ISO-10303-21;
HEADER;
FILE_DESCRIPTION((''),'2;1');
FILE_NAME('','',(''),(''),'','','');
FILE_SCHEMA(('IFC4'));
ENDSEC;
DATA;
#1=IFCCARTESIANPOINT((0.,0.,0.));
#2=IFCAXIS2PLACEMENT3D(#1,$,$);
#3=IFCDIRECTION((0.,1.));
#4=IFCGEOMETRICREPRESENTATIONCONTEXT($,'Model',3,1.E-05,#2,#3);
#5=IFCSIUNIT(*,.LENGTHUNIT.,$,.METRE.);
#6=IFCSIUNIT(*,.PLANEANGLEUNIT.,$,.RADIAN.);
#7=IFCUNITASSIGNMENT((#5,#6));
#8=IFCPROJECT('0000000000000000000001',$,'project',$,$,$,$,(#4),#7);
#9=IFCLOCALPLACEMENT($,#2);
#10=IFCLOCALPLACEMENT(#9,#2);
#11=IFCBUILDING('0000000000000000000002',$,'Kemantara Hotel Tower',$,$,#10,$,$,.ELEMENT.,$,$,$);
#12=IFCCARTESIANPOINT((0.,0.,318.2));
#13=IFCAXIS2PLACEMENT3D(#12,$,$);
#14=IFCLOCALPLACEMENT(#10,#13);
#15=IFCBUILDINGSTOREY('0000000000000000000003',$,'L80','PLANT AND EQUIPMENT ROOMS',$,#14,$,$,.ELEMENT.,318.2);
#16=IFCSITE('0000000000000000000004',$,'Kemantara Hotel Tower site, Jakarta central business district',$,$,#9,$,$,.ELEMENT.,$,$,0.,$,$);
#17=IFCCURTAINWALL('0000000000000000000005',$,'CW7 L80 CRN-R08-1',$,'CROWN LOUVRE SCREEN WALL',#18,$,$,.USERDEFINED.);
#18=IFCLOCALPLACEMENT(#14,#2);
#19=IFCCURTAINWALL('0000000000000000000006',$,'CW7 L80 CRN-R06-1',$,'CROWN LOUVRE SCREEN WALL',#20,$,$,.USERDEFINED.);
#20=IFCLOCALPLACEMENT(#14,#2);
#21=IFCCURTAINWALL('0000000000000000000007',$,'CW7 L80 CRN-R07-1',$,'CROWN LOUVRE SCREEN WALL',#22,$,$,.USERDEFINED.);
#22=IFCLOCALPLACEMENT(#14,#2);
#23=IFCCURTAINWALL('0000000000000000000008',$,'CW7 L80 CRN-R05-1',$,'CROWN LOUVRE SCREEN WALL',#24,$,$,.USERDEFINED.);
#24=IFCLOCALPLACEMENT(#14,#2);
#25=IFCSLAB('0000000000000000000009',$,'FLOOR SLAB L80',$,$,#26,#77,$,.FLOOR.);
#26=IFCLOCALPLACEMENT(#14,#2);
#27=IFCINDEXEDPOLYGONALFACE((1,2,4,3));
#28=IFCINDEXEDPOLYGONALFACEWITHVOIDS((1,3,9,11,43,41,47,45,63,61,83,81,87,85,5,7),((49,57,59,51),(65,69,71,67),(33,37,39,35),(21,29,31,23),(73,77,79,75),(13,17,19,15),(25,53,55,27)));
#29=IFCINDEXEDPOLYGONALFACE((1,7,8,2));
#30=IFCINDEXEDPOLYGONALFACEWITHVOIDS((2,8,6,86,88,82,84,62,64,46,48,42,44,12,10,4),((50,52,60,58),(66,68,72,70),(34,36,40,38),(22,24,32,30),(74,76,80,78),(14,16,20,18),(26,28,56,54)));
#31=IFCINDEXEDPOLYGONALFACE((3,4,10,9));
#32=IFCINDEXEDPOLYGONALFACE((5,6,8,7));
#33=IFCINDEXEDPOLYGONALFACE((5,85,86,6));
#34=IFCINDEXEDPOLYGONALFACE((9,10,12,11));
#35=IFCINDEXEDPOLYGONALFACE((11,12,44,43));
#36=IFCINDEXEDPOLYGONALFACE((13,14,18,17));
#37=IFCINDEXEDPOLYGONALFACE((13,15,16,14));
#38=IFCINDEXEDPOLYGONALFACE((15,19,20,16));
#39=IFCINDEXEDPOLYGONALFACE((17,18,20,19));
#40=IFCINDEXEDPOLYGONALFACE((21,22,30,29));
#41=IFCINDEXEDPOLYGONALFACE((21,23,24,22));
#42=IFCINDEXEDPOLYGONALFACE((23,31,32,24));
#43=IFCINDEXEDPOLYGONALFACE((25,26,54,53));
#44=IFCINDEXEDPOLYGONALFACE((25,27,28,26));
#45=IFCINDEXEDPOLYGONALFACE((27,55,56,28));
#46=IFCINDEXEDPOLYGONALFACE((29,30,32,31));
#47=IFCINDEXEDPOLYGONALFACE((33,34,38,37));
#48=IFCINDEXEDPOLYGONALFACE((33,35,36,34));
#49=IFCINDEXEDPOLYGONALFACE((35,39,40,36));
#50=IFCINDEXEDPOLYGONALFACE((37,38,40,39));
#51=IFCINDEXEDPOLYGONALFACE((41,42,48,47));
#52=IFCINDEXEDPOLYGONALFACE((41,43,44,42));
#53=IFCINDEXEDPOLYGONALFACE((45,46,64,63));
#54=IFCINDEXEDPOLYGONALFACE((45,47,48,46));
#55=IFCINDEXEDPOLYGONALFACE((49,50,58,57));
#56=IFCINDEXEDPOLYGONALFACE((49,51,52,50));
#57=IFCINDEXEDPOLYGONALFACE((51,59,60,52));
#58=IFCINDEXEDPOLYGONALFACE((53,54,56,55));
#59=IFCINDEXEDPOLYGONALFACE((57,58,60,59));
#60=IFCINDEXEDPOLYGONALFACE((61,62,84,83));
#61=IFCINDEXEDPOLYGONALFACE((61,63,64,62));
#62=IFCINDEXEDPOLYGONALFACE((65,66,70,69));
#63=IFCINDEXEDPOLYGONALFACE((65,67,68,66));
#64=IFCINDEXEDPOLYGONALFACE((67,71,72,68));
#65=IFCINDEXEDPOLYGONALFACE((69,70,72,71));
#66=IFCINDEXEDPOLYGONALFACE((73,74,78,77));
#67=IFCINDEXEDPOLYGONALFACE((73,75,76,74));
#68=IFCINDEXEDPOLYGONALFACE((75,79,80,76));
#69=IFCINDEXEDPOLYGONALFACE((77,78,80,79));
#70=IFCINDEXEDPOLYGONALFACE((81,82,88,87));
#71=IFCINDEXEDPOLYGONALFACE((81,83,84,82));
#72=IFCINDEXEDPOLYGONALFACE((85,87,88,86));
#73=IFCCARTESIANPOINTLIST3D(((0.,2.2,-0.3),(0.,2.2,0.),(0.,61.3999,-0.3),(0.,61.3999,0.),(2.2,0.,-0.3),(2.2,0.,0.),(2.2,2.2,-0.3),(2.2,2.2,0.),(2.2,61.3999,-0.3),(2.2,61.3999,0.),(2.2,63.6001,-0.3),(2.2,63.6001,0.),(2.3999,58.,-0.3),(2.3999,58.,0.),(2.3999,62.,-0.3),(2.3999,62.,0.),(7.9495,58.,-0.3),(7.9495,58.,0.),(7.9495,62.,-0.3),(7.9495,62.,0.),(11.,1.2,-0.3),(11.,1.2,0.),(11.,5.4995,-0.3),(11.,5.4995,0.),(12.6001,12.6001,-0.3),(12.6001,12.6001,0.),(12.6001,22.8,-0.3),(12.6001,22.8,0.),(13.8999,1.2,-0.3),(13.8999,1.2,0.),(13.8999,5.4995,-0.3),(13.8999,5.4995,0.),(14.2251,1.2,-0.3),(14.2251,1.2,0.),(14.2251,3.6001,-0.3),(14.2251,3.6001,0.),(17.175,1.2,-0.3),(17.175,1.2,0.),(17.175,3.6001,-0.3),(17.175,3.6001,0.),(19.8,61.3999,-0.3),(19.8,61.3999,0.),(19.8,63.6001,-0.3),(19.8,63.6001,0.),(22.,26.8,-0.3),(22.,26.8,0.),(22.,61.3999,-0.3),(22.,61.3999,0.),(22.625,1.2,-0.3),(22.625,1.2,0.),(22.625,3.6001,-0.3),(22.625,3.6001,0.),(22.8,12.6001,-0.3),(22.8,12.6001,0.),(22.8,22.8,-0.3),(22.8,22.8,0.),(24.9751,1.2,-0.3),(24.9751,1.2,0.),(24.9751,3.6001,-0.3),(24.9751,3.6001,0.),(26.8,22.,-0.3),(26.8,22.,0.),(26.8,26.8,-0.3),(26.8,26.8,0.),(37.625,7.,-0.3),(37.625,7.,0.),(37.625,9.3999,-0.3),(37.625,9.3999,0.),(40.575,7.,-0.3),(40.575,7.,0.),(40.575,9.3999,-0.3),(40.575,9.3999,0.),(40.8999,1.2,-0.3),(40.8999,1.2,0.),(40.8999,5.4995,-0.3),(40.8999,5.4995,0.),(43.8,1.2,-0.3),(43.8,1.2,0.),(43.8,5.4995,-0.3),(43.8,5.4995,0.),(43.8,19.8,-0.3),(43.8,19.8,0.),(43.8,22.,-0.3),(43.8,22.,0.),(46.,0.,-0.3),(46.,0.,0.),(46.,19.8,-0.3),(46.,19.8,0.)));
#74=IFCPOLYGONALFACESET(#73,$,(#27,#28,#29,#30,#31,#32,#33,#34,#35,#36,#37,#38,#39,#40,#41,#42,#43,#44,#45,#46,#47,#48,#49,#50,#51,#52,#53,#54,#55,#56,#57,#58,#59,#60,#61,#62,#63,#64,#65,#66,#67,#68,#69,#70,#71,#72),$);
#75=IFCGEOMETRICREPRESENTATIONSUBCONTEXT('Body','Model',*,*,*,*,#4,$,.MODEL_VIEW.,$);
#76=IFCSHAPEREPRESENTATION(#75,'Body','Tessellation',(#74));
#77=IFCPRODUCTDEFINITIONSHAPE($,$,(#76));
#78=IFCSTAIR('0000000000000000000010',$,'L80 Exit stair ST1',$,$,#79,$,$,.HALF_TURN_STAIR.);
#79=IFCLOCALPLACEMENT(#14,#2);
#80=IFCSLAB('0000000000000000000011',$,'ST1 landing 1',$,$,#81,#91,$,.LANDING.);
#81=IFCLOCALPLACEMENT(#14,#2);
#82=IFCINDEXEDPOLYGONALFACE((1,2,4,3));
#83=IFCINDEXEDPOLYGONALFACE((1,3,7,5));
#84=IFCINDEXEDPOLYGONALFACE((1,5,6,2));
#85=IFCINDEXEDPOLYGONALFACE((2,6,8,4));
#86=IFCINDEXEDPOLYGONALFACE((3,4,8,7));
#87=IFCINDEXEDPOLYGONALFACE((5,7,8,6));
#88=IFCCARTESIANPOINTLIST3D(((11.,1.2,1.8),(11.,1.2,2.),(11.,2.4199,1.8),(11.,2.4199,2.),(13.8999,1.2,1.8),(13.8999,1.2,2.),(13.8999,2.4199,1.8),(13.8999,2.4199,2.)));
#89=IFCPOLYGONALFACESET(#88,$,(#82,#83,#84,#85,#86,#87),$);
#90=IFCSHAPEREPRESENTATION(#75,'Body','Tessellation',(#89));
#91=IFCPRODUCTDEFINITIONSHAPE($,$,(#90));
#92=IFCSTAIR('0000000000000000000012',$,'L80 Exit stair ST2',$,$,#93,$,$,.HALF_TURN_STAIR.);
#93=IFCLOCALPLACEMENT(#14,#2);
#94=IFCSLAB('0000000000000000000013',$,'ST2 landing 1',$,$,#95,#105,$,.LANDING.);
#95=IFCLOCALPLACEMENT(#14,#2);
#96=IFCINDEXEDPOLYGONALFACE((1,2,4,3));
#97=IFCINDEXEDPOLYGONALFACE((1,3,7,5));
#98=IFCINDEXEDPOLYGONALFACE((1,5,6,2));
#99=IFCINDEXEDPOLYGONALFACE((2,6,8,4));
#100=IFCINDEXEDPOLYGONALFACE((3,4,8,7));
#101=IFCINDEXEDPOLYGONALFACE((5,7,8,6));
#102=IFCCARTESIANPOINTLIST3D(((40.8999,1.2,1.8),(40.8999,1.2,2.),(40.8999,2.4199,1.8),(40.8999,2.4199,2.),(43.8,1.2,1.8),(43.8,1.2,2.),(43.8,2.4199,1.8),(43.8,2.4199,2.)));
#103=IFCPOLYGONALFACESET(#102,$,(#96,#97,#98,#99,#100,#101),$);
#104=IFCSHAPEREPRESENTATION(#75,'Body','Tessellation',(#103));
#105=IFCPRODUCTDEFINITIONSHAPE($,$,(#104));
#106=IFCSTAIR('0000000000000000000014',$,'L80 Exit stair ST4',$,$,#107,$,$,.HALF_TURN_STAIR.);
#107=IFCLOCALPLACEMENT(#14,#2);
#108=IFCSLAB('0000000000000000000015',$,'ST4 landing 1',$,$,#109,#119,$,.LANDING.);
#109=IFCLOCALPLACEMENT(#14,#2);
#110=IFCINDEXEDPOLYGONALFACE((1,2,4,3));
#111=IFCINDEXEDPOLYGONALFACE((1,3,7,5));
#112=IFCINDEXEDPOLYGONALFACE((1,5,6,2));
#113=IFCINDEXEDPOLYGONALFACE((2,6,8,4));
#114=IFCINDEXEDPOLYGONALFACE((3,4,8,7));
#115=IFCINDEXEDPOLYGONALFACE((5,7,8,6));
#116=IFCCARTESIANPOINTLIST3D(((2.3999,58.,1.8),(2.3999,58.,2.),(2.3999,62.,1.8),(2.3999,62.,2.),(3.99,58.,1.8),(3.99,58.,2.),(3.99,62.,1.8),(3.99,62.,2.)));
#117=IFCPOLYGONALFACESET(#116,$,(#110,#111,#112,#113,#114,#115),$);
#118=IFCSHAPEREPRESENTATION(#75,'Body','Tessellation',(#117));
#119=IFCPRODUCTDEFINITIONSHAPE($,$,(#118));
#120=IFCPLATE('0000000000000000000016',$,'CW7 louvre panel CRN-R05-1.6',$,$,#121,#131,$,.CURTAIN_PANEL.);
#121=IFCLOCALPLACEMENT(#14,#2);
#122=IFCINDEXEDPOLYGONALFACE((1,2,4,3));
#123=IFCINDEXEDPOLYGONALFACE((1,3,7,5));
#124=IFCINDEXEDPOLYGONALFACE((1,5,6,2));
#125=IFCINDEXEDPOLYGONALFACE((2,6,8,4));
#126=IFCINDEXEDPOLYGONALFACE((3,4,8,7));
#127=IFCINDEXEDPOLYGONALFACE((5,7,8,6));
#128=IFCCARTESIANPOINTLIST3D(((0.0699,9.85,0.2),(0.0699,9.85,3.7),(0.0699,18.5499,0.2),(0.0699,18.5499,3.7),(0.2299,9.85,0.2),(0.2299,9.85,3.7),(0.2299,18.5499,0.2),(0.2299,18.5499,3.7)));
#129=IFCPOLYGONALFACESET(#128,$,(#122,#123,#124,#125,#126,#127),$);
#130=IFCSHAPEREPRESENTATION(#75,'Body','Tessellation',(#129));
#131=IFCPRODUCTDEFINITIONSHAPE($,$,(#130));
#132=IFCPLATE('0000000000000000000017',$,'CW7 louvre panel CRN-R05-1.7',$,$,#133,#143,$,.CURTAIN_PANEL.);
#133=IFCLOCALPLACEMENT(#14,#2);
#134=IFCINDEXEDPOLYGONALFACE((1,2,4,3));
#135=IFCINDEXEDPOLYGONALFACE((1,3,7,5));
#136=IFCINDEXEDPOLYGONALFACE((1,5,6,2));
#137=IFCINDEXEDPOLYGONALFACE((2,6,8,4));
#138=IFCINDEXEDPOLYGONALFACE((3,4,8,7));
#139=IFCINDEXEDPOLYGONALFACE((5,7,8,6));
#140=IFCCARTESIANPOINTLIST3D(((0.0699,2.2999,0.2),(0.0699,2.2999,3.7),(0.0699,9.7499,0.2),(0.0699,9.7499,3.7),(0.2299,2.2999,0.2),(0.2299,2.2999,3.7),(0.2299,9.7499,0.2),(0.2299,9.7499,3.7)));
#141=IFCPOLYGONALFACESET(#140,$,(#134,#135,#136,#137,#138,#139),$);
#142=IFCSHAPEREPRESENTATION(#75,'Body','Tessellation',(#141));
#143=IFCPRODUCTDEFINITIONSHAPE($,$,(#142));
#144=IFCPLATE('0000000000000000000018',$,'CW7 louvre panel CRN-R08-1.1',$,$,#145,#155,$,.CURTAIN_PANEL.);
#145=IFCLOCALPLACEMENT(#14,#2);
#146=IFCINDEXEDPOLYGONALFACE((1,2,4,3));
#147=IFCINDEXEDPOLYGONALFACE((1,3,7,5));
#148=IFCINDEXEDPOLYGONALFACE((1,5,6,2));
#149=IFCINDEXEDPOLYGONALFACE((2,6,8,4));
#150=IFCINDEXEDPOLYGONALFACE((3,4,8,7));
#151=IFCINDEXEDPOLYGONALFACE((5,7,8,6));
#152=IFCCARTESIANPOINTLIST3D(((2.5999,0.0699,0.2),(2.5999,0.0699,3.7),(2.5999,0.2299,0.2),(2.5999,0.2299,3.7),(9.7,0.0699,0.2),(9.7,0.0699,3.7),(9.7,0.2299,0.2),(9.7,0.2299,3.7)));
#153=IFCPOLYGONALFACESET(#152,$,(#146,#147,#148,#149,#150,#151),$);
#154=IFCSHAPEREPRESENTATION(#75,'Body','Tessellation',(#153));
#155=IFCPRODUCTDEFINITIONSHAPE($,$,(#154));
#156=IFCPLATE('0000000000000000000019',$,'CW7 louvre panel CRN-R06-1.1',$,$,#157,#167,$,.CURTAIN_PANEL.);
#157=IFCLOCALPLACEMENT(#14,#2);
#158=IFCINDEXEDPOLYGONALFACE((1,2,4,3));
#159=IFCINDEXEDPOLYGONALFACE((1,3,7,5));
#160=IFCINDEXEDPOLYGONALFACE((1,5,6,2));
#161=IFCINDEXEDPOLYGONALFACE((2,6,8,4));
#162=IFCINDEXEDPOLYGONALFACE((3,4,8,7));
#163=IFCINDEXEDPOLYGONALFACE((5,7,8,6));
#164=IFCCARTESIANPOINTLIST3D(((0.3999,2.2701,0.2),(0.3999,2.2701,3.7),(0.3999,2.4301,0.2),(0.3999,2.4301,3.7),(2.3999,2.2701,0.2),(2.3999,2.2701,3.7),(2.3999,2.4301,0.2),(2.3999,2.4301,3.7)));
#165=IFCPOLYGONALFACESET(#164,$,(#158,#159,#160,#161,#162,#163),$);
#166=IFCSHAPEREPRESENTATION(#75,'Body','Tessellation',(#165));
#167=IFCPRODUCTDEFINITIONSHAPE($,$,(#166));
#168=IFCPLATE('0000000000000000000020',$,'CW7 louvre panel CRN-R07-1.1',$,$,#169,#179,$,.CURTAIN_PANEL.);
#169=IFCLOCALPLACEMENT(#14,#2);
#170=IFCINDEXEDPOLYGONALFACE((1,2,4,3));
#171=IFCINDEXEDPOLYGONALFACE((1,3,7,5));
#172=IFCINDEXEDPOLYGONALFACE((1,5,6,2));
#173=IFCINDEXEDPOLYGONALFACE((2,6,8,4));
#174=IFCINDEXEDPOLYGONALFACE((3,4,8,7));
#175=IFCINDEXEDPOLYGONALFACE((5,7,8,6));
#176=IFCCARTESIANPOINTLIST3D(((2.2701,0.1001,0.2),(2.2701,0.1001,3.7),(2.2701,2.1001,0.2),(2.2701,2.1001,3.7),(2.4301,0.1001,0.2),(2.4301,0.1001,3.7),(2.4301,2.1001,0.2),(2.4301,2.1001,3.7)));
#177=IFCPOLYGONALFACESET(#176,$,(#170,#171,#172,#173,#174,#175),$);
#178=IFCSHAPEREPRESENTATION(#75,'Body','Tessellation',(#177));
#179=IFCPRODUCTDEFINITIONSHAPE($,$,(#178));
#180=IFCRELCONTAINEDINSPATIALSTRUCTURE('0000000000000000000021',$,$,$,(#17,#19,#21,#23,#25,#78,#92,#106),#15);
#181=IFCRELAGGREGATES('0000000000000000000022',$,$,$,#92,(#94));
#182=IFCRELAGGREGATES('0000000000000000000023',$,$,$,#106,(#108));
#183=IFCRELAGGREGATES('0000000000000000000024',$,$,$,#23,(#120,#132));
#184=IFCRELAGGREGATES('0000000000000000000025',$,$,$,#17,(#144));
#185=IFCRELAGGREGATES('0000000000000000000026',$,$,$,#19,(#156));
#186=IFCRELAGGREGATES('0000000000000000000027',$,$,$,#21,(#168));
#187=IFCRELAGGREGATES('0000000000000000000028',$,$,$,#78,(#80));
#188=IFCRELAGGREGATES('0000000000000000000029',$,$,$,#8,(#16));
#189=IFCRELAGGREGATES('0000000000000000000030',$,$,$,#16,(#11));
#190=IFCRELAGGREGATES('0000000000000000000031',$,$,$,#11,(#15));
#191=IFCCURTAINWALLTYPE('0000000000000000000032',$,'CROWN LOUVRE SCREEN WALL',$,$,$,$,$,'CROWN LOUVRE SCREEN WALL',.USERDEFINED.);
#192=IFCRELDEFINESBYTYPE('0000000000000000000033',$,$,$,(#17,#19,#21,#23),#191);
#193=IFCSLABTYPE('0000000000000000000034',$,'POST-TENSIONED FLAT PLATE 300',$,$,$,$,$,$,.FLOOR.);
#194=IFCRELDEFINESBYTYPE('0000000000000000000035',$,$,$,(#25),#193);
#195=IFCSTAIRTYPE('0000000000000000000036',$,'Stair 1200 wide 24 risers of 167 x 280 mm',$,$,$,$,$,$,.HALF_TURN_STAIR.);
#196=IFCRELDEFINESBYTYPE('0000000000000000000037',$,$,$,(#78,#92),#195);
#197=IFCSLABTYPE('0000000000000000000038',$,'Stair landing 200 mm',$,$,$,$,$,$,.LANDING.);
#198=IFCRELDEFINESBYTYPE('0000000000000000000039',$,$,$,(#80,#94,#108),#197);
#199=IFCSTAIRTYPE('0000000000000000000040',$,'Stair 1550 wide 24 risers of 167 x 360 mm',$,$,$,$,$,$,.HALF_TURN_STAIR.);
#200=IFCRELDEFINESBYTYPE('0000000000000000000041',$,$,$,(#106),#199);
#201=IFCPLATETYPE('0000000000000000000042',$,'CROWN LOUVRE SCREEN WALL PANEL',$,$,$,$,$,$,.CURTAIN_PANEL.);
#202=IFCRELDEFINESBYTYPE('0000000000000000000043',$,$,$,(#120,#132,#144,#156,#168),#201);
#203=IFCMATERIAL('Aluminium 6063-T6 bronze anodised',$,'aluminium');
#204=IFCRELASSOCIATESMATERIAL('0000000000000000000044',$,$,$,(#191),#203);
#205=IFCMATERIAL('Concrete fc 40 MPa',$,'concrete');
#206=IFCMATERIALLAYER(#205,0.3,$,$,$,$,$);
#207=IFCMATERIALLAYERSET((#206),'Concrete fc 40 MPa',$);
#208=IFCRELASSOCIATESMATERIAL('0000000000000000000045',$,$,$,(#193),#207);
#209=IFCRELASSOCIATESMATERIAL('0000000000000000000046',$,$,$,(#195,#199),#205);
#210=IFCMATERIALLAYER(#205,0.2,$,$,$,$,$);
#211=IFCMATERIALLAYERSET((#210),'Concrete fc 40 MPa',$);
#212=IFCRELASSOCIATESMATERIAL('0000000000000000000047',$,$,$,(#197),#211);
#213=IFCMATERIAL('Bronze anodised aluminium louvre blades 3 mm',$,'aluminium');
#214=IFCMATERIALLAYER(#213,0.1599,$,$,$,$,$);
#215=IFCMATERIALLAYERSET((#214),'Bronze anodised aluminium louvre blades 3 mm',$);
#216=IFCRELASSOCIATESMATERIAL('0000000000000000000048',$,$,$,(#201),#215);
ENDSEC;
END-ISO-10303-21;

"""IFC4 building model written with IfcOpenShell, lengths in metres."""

from ifc_helpers import new_model, si_unit, direction, frame, origin, origin_2d, place, context, subcontext, project, spatial, polyline, rectangle, outline, extrude, source, transform, mapped, material, layer, layer_set, type_object, element, aggregate, save


model = new_model("IFC4")

# Units and contexts
model_context = context("Model", 3, precision=1e-05, world=origin(), true_north=direction((0.0, 1.0)))
body_context = subcontext(model_context, "Body", "Model", "MODEL_VIEW")
ifc_project = project(units=[si_unit("LENGTHUNIT", "METRE"), si_unit("PLANEANGLEUNIT", "RADIAN")], contexts=[model_context])

# Site, building, storey
site_placement = place(None, origin())
site = spatial("IfcSite", under=ifc_project, at=site_placement, Name="Kemantara Hotel Tower site, Jakarta central business district", CompositionType="ELEMENT", RefElevation=0.0)
building_placement = place(site_placement, origin())
building = spatial("IfcBuilding", under=site, at=building_placement, Name="Kemantara Hotel Tower", CompositionType="ELEMENT")
storey_placement = place(building_placement, frame((0.0, 0.0, 318.2)))
storey = spatial("IfcBuildingStorey", under=building, at=storey_placement, Name="L80", Description="PLANT AND EQUIPMENT ROOMS", CompositionType="ELEMENT", Elevation=318.2)

# Curtain walls
ifc_material_1 = material(Name="Aluminium 6063-T6 bronze anodised", Category="aluminium")
curtain_wall_type = type_object("IfcCurtainWallType", Name="CROWN LOUVRE SCREEN WALL", ElementType="CROWN LOUVRE SCREEN WALL", PredefinedType="USERDEFINED", material=ifc_material_1)
curtain_wall_1_placement = place(storey_placement, origin())
curtain_wall_1 = element("IfcCurtainWall", 1, at=curtain_wall_1_placement, inside=storey, type_object=curtain_wall_type, Name="CW7 L80 CRN-R08-1", ObjectType="CROWN LOUVRE SCREEN WALL", PredefinedType="USERDEFINED")
curtain_wall_2_placement = place(storey_placement, origin())
curtain_wall_2 = element("IfcCurtainWall", 2, at=curtain_wall_2_placement, inside=storey, type_object=curtain_wall_type, Name="CW7 L80 CRN-R06-1", ObjectType="CROWN LOUVRE SCREEN WALL", PredefinedType="USERDEFINED")
curtain_wall_3_placement = place(storey_placement, origin())
curtain_wall_3 = element("IfcCurtainWall", 3, at=curtain_wall_3_placement, inside=storey, type_object=curtain_wall_type, Name="CW7 L80 CRN-R07-1", ObjectType="CROWN LOUVRE SCREEN WALL", PredefinedType="USERDEFINED")

# Curtain wall
curtain_wall_4_placement = place(storey_placement, origin())
curtain_wall_4 = element("IfcCurtainWall", 4, at=curtain_wall_4_placement, inside=storey, type_object=curtain_wall_type, Name="CW7 L80 CRN-R05-1", ObjectType="CROWN LOUVRE SCREEN WALL", PredefinedType="USERDEFINED")

# Slab
ifc_material_2 = material(Name="Concrete fc 40 MPa", Category="concrete")
ifc_layer_1 = layer(ifc_material_2, 0.3)
ifc_layer_set_1 = layer_set([ifc_layer_1], Name="Concrete fc 40 MPa")
slab_type_1 = type_object("IfcSlabType", Name="POST-TENSIONED FLAT PLATE 300", PredefinedType="FLOOR", material=ifc_layer_set_1)
slab_1_placement = place(storey_placement, frame((0.0, 0.0, -0.3)))
element("IfcSlab", 5, at=slab_1_placement, inside=storey, type_object=slab_type_1, Name="FLOOR SLAB L80", PredefinedType="FLOOR", context=body_context, shape_type="SweptSolid", body=[
    extrude(outline(polyline([(22.0, 26.8), (22.0, 61.3999), (19.8, 61.3999), (19.8, 63.6001), (2.2, 63.6001), (2.2, 61.3999), (0.0, 61.3999), (0.0, 2.2), (2.2, 2.2), (2.2, 0.0), (46.0, 0.0), (46.0, 19.8), (43.8, 19.8), (43.8, 22.0), (26.8, 22.0), (26.8, 26.8), (22.0, 26.8)]), holes=[polyline([(14.2251, 3.6001), (17.175, 3.6001), (17.175, 1.2), (14.2251, 1.2), (14.2251, 3.6001)]), polyline([(24.9751, 3.6001), (24.9751, 1.2), (22.625, 1.2), (22.625, 3.6001), (24.9751, 3.6001)]), polyline([(13.8999, 1.2), (11.0, 1.2), (11.0, 5.4995), (13.8999, 5.4995), (13.8999, 1.2)]), polyline([(43.8, 1.2), (40.8999, 1.2), (40.8999, 5.4995), (43.8, 5.4995), (43.8, 1.2)]), polyline([(40.575, 9.3999), (40.575, 7.0), (37.625, 7.0), (37.625, 9.3999), (40.575, 9.3999)]), polyline([(22.8, 22.8), (22.8, 12.6001), (12.6001, 12.6001), (12.6001, 22.8), (22.8, 22.8)]), polyline([(2.3999, 58.0), (2.3999, 62.0), (7.9495, 62.0), (7.9495, 58.0), (2.3999, 58.0)])]), origin(), (0.0, 0.0, 1.0), 0.3),
])

# Stairs, slabs
stair_type_1 = type_object("IfcStairType", Name="Stair 1200 wide 24 risers of 167 x 280 mm", PredefinedType="HALF_TURN_STAIR", material=ifc_material_2)
stair_1_placement = place(storey_placement, origin())
stair_1 = element("IfcStair", 6, at=stair_1_placement, inside=storey, type_object=stair_type_1, Name="L80 Exit stair ST1", PredefinedType="HALF_TURN_STAIR")
ifc_layer_2 = layer(ifc_material_2, 0.2)
ifc_layer_set_2 = layer_set([ifc_layer_2], Name="Concrete fc 40 MPa")
slab_type_2 = type_object("IfcSlabType", Name="Stair landing 200 mm", PredefinedType="LANDING", material=ifc_layer_set_2)
slab_2_placement = place(storey_placement, frame((0.0, 0.0, 1.8)))
slab_2 = element("IfcSlab", 7, at=slab_2_placement, type_object=slab_type_2, Name="ST1 landing 1", PredefinedType="LANDING", context=body_context, shape_type="SweptSolid", body=[
    extrude(outline(polyline([(11.0, 2.4199), (11.0, 1.2), (13.8999, 1.2), (13.8999, 2.4199), (11.0, 2.4199)])), origin(), (0.0, 0.0, 1.0), 0.2),
])
stair_2_placement = place(storey_placement, origin())
stair_2 = element("IfcStair", 8, at=stair_2_placement, inside=storey, type_object=stair_type_1, Name="L80 Exit stair ST2", PredefinedType="HALF_TURN_STAIR")
slab_3_placement = place(storey_placement, frame((0.0, 0.0, 1.8)))
slab_3 = element("IfcSlab", 9, at=slab_3_placement, type_object=slab_type_2, Name="ST2 landing 1", PredefinedType="LANDING", context=body_context, shape_type="SweptSolid", body=[
    extrude(outline(polyline([(40.8999, 2.4199), (40.8999, 1.2), (43.8, 1.2), (43.8, 2.4199), (40.8999, 2.4199)])), origin(), (0.0, 0.0, 1.0), 0.2),
])
aggregate(stair_2, [slab_3])
stair_type_2 = type_object("IfcStairType", Name="Stair 1550 wide 24 risers of 167 x 360 mm", PredefinedType="HALF_TURN_STAIR", material=ifc_material_2)
stair_3_placement = place(storey_placement, origin())
stair_3 = element("IfcStair", 10, at=stair_3_placement, inside=storey, type_object=stair_type_2, Name="L80 Exit stair ST4", PredefinedType="HALF_TURN_STAIR")
slab_4_placement = place(storey_placement, frame((0.0, 0.0, 1.8)))
slab_4 = element("IfcSlab", 11, at=slab_4_placement, type_object=slab_type_2, Name="ST4 landing 1", PredefinedType="LANDING", context=body_context, shape_type="SweptSolid", body=[
    extrude(outline(polyline([(3.99, 62.0), (2.3999, 62.0), (2.3999, 58.0), (3.99, 58.0), (3.99, 62.0)])), origin(), (0.0, 0.0, 1.0), 0.2),
])
aggregate(stair_3, [slab_4])

# Plates
ifc_material_3 = material(Name="Bronze anodised aluminium louvre blades 3 mm", Category="aluminium")
ifc_layer_3 = layer(ifc_material_3, 0.1599)
ifc_layer_set_3 = layer_set([ifc_layer_3], Name="Bronze anodised aluminium louvre blades 3 mm")
plate_type = type_object("IfcPlateType", Name="CROWN LOUVRE SCREEN WALL PANEL", PredefinedType="CURTAIN_PANEL", material=ifc_layer_set_3)
shared_shape_1 = source(origin(), body_context, "Body", "SweptSolid", [
    extrude(rectangle(XDim=8.7, YDim=0.1599, at=origin_2d()), origin(), (0.0, 0.0, 1.0), 3.5),
])
plate_1_placement = place(storey_placement, frame((0.1499, 14.2, 0.2), z_axis=(0.0, 0.0, 1.0), x_axis=(0.0, -1.0, 0.0)))
plate_1 = element("IfcPlate", 12, at=plate_1_placement, type_object=plate_type, Name="CW7 louvre panel CRN-R05-1.6", PredefinedType="CURTAIN_PANEL", context=body_context, shape_type="MappedRepresentation", body=[
    mapped(shared_shape_1, transform((0.0, 0.0, 0.0))),
])
shared_shape_2 = source(origin(), body_context, "Body", "SweptSolid", [
    extrude(rectangle(XDim=7.45, YDim=0.1599, at=origin_2d()), origin(), (0.0, 0.0, 1.0), 3.5),
])
plate_2_placement = place(storey_placement, frame((0.1499, 6.0249, 0.2), z_axis=(0.0, 0.0, 1.0), x_axis=(0.0, -1.0, 0.0)))
plate_2 = element("IfcPlate", 13, at=plate_2_placement, type_object=plate_type, Name="CW7 louvre panel CRN-R05-1.7", PredefinedType="CURTAIN_PANEL", context=body_context, shape_type="MappedRepresentation", body=[
    mapped(shared_shape_2, transform((0.0, 0.0, 0.0))),
])
aggregate(curtain_wall_4, [plate_1, plate_2])
shared_shape_3 = source(origin(), body_context, "Body", "SweptSolid", [
    extrude(rectangle(XDim=7.1001, YDim=0.1599, at=origin_2d()), origin(), (0.0, 0.0, 1.0), 3.5),
])
plate_3_placement = place(storey_placement, frame((6.1499, 0.1499, 0.2), z_axis=(0.0, 0.0, 1.0), x_axis=(1.0, 0.0, 0.0)))
plate_3 = element("IfcPlate", 14, at=plate_3_placement, type_object=plate_type, Name="CW7 louvre panel CRN-R08-1.1", PredefinedType="CURTAIN_PANEL", context=body_context, shape_type="MappedRepresentation", body=[
    mapped(shared_shape_3, transform((0.0, 0.0, 0.0))),
])
aggregate(curtain_wall_1, [plate_3])
shared_shape_4 = source(origin(), body_context, "Body", "SweptSolid", [
    extrude(rectangle(XDim=2.0, YDim=0.1599, at=origin_2d()), origin(), (0.0, 0.0, 1.0), 3.5),
])
plate_4_placement = place(storey_placement, frame((1.3999, 2.3501, 0.2), z_axis=(0.0, 0.0, 1.0), x_axis=(1.0, 0.0, 0.0)))
plate_4 = element("IfcPlate", 15, at=plate_4_placement, type_object=plate_type, Name="CW7 louvre panel CRN-R06-1.1", PredefinedType="CURTAIN_PANEL", context=body_context, shape_type="MappedRepresentation", body=[
    mapped(shared_shape_4, transform((0.0, 0.0, 0.0))),
])
aggregate(curtain_wall_2, [plate_4])
plate_5_placement = place(storey_placement, frame((2.3501, 1.1001, 0.2), z_axis=(0.0, 0.0, 1.0), x_axis=(0.0, -1.0, 0.0)))
plate_5 = element("IfcPlate", 16, at=plate_5_placement, type_object=plate_type, Name="CW7 louvre panel CRN-R07-1.1", PredefinedType="CURTAIN_PANEL", context=body_context, shape_type="MappedRepresentation", body=[
    mapped(shared_shape_4, transform((0.0, 0.0, 0.0))),
])
aggregate(curtain_wall_3, [plate_5])

aggregate(stair_1, [slab_2])

save(model, "model.ifc")
